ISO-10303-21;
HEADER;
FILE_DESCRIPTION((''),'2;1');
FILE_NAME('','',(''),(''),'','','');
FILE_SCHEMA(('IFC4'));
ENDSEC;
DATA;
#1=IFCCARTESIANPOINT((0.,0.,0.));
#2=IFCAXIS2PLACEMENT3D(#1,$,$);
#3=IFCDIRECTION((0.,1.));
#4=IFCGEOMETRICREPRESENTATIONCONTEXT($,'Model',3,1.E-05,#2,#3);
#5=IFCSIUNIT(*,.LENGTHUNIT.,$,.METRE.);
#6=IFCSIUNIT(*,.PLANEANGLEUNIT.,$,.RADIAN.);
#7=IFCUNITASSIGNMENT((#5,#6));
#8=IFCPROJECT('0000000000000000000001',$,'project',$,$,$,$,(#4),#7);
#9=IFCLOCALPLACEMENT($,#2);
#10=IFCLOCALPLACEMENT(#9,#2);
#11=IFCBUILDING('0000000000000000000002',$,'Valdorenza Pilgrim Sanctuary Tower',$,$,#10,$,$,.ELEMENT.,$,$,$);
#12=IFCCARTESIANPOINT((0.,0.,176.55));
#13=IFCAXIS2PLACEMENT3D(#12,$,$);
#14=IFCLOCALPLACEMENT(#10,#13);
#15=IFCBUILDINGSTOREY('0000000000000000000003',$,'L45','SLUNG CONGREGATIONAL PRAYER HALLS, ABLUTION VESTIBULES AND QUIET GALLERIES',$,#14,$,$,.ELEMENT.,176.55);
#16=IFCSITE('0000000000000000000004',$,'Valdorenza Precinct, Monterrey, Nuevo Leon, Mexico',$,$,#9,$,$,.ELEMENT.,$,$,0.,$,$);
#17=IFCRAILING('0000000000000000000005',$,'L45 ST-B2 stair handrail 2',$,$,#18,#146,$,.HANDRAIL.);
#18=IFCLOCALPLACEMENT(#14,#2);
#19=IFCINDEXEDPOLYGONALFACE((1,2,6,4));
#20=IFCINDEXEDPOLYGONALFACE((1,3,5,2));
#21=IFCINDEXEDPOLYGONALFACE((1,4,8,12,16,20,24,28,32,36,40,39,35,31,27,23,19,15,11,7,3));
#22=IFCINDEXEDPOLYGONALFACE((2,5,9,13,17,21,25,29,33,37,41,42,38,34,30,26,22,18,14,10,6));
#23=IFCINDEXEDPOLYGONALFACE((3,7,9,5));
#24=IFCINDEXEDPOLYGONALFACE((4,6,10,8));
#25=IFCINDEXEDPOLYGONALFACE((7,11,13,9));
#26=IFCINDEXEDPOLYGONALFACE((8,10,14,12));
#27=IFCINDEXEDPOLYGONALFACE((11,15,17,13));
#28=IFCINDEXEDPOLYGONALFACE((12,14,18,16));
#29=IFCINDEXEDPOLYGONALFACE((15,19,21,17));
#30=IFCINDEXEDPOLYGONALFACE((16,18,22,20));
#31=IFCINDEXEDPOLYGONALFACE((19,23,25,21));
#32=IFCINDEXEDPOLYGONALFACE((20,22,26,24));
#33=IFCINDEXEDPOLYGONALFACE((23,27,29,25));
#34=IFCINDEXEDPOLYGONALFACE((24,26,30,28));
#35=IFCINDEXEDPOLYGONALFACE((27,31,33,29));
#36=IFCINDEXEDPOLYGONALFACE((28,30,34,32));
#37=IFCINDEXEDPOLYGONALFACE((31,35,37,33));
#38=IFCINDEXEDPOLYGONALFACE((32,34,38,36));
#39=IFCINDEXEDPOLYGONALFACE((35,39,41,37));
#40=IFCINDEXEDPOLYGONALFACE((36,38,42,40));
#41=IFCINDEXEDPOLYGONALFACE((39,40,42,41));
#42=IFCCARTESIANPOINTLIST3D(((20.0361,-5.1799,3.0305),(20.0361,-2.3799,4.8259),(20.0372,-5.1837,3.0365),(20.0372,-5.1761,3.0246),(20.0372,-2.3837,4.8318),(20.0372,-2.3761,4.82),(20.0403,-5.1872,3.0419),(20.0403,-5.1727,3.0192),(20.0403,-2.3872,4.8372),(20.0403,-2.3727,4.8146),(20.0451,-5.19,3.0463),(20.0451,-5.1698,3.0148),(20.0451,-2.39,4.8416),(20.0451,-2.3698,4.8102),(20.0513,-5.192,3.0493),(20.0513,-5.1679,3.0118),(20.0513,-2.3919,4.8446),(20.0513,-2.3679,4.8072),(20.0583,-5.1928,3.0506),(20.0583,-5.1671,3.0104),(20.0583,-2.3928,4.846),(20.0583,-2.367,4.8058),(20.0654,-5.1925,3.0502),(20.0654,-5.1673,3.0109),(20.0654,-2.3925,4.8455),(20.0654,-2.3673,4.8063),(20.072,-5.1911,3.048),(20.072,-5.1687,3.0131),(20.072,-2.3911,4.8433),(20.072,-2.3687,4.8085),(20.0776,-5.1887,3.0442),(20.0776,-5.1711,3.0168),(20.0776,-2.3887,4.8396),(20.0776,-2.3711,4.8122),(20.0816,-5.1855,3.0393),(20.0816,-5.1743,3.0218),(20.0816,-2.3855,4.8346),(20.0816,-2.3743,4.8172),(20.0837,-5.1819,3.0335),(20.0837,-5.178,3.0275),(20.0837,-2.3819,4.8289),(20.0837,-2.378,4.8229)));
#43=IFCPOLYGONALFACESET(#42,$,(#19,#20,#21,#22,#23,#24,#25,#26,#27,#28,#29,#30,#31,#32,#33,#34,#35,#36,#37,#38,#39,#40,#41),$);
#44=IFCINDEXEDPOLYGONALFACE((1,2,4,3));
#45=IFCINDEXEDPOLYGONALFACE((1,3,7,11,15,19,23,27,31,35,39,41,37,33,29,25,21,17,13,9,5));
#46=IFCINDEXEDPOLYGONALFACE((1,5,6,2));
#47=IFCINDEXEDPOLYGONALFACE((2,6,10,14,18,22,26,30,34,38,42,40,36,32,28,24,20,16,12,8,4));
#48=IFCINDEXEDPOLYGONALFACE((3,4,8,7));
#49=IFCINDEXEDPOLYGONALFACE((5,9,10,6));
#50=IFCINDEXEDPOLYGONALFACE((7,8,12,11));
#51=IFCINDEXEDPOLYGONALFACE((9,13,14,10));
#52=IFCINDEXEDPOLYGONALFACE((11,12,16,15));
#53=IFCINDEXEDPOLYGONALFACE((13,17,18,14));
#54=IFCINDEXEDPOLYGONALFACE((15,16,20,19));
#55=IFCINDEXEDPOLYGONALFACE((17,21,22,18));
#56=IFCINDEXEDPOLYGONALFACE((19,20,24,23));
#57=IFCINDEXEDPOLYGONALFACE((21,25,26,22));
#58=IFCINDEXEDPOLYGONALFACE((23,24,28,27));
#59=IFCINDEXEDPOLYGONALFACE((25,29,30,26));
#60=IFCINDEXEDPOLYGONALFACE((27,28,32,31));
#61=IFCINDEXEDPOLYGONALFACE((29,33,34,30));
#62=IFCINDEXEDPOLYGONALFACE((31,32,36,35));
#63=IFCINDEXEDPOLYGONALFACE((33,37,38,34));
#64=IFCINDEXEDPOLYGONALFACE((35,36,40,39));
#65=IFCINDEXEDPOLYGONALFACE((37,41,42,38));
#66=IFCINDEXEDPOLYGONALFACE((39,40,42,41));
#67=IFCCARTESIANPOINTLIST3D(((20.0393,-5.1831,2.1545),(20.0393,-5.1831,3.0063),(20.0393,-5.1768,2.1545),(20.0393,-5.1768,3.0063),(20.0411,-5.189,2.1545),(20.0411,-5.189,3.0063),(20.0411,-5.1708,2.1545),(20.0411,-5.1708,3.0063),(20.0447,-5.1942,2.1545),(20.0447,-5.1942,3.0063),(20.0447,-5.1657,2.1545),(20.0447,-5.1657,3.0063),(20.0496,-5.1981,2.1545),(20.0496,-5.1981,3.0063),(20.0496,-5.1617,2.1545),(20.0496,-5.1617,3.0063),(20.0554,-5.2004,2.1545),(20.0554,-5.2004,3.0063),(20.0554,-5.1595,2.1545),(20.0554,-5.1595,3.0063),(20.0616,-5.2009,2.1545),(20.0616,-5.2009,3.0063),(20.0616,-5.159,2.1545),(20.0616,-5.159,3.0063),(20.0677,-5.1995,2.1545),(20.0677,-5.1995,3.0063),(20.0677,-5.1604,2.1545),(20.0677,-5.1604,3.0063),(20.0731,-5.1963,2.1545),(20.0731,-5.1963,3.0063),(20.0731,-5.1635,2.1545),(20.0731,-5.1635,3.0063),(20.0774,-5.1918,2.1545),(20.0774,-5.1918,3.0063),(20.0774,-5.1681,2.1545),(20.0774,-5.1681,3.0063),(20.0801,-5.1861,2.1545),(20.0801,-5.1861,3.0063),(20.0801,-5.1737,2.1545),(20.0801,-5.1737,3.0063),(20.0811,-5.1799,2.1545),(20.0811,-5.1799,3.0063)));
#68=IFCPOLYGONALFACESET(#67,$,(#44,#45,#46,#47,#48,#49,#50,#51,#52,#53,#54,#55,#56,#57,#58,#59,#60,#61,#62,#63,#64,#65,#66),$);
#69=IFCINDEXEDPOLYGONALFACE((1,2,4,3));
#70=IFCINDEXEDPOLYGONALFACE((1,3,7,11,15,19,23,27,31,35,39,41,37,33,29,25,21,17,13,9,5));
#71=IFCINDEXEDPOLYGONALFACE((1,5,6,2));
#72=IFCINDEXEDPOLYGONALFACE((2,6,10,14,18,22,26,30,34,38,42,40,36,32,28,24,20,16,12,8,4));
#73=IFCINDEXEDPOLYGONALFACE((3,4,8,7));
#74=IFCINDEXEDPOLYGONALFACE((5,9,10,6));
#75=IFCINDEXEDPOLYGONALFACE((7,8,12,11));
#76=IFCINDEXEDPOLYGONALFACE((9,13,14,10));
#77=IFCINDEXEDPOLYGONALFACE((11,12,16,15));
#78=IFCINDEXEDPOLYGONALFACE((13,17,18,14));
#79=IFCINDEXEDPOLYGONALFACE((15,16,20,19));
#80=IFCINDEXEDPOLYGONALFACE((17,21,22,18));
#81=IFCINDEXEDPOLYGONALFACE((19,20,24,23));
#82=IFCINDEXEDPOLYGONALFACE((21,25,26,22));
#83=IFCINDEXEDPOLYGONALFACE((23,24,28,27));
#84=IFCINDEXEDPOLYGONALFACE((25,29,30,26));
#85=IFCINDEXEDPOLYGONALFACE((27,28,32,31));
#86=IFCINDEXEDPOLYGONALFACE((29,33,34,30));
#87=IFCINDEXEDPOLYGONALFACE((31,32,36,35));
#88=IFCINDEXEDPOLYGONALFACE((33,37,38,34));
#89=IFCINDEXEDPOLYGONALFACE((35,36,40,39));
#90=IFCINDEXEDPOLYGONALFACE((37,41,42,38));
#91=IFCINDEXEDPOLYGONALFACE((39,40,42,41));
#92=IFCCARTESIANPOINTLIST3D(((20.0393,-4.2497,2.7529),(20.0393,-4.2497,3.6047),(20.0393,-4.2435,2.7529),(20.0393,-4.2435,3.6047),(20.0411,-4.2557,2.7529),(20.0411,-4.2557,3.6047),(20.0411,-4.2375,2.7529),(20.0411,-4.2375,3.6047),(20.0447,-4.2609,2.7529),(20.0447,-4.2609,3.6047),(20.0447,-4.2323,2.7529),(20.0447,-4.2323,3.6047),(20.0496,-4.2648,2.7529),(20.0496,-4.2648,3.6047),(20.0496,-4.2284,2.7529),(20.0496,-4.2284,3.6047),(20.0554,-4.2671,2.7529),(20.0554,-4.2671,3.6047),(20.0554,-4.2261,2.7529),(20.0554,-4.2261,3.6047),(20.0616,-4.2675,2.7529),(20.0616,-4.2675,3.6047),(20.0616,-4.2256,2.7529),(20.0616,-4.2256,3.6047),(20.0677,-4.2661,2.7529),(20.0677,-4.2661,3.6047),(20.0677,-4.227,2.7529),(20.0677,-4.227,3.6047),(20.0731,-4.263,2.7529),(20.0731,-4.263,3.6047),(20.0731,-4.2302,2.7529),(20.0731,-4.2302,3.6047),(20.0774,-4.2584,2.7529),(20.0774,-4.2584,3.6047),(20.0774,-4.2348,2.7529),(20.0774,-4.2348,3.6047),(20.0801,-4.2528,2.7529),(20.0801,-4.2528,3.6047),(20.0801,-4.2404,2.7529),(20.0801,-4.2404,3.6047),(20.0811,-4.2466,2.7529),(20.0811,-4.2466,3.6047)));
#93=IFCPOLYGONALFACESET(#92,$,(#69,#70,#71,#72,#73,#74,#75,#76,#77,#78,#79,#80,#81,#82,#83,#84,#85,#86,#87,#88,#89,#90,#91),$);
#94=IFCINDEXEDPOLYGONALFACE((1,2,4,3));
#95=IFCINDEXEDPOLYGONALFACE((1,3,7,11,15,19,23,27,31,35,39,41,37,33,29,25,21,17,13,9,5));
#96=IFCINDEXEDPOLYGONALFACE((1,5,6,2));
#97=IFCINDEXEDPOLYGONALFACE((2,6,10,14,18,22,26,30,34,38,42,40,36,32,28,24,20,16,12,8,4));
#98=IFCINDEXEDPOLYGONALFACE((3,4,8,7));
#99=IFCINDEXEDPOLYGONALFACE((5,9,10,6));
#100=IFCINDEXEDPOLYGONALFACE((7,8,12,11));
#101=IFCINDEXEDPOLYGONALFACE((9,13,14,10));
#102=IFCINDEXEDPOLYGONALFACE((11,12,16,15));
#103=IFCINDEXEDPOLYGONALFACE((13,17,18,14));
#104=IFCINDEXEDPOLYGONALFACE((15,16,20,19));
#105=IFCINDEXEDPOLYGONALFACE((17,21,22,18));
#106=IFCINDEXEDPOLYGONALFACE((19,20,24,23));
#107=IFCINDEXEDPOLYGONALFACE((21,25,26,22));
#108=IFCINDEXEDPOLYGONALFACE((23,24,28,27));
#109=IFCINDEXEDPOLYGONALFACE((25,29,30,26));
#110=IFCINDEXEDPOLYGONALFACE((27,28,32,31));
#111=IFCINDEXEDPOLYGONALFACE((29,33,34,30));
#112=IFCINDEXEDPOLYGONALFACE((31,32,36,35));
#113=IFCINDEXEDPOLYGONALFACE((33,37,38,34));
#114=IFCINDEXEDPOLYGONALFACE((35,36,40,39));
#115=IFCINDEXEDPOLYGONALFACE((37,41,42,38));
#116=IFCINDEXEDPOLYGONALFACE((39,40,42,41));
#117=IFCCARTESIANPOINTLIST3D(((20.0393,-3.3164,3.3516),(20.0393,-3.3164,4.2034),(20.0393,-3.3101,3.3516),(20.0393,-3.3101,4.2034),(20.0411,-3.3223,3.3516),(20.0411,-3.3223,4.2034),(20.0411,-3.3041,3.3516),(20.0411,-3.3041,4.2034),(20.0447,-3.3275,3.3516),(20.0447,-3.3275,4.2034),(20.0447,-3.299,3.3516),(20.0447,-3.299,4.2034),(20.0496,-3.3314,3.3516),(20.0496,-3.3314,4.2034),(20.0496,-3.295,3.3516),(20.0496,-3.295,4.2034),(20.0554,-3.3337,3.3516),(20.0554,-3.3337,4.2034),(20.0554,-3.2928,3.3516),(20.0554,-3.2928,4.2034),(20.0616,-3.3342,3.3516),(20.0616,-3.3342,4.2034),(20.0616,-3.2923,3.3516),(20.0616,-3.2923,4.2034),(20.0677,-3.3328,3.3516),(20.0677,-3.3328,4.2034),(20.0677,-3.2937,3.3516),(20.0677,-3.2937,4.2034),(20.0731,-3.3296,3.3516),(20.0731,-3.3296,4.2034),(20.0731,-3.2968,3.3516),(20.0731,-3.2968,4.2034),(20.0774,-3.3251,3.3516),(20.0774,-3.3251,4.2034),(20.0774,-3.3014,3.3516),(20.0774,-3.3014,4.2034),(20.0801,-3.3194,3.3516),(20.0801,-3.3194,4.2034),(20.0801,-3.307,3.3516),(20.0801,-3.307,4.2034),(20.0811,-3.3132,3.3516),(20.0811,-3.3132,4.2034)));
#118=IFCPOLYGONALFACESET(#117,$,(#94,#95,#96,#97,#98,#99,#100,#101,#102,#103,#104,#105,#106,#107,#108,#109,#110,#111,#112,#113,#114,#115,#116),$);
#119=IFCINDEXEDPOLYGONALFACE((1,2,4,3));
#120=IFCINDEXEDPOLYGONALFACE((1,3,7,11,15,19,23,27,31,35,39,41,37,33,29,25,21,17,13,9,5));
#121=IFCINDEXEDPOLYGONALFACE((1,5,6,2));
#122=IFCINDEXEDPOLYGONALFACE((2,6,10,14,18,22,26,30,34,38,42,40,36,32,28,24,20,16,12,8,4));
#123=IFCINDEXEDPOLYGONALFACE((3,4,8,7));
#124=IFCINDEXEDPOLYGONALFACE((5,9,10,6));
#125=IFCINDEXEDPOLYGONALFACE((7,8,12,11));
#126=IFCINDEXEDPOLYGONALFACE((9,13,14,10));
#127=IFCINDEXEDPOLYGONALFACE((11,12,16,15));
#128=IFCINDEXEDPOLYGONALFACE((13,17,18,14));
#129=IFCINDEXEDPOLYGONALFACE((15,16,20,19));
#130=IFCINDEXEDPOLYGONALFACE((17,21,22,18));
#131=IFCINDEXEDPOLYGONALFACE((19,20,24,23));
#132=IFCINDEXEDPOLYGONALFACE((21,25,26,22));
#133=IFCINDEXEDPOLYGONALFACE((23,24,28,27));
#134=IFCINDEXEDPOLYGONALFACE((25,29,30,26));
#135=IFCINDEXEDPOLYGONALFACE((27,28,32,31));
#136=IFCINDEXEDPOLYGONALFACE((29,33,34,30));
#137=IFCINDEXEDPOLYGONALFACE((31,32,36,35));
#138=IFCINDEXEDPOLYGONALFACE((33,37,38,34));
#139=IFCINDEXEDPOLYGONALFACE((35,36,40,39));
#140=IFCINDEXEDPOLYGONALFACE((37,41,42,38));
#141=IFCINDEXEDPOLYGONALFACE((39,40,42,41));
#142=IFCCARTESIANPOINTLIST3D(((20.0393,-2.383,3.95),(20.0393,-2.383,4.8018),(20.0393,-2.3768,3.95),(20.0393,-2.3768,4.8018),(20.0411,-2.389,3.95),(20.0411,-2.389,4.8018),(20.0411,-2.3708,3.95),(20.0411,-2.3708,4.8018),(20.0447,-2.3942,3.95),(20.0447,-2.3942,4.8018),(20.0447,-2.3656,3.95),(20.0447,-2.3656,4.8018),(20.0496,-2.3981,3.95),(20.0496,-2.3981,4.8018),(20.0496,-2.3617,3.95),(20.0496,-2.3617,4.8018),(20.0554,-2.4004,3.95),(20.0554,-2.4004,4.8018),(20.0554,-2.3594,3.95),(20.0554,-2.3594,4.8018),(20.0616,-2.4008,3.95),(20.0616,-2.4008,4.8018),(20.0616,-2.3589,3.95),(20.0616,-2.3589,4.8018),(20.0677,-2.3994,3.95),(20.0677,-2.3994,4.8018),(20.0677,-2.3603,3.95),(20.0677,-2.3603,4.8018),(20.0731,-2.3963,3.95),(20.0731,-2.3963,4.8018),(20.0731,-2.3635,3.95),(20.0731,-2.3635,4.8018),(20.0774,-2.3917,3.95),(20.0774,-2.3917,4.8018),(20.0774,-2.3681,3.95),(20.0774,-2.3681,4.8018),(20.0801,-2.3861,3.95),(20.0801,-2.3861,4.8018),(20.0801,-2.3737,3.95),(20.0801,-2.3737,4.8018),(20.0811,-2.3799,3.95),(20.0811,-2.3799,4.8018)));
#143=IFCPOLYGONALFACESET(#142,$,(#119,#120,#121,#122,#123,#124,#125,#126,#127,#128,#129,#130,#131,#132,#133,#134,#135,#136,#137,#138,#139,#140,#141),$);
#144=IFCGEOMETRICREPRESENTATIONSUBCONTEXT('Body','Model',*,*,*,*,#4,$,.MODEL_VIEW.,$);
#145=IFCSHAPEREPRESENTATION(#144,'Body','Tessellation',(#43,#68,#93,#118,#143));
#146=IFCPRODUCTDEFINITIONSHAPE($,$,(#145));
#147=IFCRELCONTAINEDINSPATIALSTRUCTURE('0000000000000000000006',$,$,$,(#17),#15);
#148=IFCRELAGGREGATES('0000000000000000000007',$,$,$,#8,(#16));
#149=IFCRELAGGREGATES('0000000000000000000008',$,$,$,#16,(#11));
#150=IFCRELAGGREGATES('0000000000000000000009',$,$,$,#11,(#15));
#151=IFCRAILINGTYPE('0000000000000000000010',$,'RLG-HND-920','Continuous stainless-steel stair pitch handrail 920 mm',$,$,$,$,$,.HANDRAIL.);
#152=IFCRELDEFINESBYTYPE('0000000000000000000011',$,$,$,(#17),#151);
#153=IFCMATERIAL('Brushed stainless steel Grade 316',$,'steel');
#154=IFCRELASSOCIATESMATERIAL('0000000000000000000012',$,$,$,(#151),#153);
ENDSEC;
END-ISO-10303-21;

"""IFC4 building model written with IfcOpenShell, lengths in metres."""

from ifc_helpers import new_model, si_unit, direction, frame, origin, origin_2d, place, context, subcontext, project, spatial, circle, extrude, material, type_object, element, save


model = new_model("IFC4")

# Units and contexts
model_context = context("Model", 3, precision=1e-05, world=origin(), true_north=direction((0.0, 1.0)))
body_context = subcontext(model_context, "Body", "Model", "MODEL_VIEW")
ifc_project = project(units=[si_unit("LENGTHUNIT", "METRE"), si_unit("PLANEANGLEUNIT", "RADIAN")], contexts=[model_context])

# Site, building, storey
site_placement = place(None, origin())
site = spatial("IfcSite", under=ifc_project, at=site_placement, Name="Valdorenza Precinct, Monterrey, Nuevo Leon, Mexico", CompositionType="ELEMENT", RefElevation=0.0)
building_placement = place(site_placement, origin())
building = spatial("IfcBuilding", under=site, at=building_placement, Name="Valdorenza Pilgrim Sanctuary Tower", CompositionType="ELEMENT")
storey_placement = place(building_placement, frame((0.0, 0.0, 176.55)))
storey = spatial("IfcBuildingStorey", under=building, at=storey_placement, Name="L45", Description="SLUNG CONGREGATIONAL PRAYER HALLS, ABLUTION VESTIBULES AND QUIET GALLERIES", CompositionType="ELEMENT", Elevation=176.55)

# Railing
ifc_material_1 = material(Name="Brushed stainless steel Grade 316", Category="steel")
railing_type_1 = type_object("IfcRailingType", Name="RLG-HND-920", Description="Continuous stainless-steel stair pitch handrail 920 mm", PredefinedType="HANDRAIL", material=ifc_material_1)
railing_1_placement = place(storey_placement, frame((20.0601, -5.1799, 2.1545)))
element("IfcRailing", 1, at=railing_1_placement, inside=storey, type_object=railing_type_1, Name="L45 ST-B2 stair handrail 2", PredefinedType="HANDRAIL", context=body_context, shape_type="SweptSolid", body=[
    extrude(circle(Radius=0.0239, at=origin_2d()), frame((0.0, 0.0, 0.876), z_axis=(0.0, 0.84181, 0.539774), x_axis=(-1.0, 0.0, 0.0)), (0.0, 0.0, 1.0), 3.3262),
    extrude(circle(Radius=0.021, at=origin_2d()), origin(), (0.0, 0.0, 1.0), 0.8518),
    extrude(circle(Radius=0.021, at=origin_2d()), frame((0.0, 0.9333, 0.5984)), (0.0, 0.0, 1.0), 0.8518),
    extrude(circle(Radius=0.021, at=origin_2d()), frame((0.0, 1.8667, 1.197)), (0.0, 0.0, 1.0), 0.8518),
    extrude(circle(Radius=0.021, at=origin_2d()), frame((0.0, 2.8, 1.7954)), (0.0, 0.0, 1.0), 0.8518),
])

save(model, "model.ifc")
